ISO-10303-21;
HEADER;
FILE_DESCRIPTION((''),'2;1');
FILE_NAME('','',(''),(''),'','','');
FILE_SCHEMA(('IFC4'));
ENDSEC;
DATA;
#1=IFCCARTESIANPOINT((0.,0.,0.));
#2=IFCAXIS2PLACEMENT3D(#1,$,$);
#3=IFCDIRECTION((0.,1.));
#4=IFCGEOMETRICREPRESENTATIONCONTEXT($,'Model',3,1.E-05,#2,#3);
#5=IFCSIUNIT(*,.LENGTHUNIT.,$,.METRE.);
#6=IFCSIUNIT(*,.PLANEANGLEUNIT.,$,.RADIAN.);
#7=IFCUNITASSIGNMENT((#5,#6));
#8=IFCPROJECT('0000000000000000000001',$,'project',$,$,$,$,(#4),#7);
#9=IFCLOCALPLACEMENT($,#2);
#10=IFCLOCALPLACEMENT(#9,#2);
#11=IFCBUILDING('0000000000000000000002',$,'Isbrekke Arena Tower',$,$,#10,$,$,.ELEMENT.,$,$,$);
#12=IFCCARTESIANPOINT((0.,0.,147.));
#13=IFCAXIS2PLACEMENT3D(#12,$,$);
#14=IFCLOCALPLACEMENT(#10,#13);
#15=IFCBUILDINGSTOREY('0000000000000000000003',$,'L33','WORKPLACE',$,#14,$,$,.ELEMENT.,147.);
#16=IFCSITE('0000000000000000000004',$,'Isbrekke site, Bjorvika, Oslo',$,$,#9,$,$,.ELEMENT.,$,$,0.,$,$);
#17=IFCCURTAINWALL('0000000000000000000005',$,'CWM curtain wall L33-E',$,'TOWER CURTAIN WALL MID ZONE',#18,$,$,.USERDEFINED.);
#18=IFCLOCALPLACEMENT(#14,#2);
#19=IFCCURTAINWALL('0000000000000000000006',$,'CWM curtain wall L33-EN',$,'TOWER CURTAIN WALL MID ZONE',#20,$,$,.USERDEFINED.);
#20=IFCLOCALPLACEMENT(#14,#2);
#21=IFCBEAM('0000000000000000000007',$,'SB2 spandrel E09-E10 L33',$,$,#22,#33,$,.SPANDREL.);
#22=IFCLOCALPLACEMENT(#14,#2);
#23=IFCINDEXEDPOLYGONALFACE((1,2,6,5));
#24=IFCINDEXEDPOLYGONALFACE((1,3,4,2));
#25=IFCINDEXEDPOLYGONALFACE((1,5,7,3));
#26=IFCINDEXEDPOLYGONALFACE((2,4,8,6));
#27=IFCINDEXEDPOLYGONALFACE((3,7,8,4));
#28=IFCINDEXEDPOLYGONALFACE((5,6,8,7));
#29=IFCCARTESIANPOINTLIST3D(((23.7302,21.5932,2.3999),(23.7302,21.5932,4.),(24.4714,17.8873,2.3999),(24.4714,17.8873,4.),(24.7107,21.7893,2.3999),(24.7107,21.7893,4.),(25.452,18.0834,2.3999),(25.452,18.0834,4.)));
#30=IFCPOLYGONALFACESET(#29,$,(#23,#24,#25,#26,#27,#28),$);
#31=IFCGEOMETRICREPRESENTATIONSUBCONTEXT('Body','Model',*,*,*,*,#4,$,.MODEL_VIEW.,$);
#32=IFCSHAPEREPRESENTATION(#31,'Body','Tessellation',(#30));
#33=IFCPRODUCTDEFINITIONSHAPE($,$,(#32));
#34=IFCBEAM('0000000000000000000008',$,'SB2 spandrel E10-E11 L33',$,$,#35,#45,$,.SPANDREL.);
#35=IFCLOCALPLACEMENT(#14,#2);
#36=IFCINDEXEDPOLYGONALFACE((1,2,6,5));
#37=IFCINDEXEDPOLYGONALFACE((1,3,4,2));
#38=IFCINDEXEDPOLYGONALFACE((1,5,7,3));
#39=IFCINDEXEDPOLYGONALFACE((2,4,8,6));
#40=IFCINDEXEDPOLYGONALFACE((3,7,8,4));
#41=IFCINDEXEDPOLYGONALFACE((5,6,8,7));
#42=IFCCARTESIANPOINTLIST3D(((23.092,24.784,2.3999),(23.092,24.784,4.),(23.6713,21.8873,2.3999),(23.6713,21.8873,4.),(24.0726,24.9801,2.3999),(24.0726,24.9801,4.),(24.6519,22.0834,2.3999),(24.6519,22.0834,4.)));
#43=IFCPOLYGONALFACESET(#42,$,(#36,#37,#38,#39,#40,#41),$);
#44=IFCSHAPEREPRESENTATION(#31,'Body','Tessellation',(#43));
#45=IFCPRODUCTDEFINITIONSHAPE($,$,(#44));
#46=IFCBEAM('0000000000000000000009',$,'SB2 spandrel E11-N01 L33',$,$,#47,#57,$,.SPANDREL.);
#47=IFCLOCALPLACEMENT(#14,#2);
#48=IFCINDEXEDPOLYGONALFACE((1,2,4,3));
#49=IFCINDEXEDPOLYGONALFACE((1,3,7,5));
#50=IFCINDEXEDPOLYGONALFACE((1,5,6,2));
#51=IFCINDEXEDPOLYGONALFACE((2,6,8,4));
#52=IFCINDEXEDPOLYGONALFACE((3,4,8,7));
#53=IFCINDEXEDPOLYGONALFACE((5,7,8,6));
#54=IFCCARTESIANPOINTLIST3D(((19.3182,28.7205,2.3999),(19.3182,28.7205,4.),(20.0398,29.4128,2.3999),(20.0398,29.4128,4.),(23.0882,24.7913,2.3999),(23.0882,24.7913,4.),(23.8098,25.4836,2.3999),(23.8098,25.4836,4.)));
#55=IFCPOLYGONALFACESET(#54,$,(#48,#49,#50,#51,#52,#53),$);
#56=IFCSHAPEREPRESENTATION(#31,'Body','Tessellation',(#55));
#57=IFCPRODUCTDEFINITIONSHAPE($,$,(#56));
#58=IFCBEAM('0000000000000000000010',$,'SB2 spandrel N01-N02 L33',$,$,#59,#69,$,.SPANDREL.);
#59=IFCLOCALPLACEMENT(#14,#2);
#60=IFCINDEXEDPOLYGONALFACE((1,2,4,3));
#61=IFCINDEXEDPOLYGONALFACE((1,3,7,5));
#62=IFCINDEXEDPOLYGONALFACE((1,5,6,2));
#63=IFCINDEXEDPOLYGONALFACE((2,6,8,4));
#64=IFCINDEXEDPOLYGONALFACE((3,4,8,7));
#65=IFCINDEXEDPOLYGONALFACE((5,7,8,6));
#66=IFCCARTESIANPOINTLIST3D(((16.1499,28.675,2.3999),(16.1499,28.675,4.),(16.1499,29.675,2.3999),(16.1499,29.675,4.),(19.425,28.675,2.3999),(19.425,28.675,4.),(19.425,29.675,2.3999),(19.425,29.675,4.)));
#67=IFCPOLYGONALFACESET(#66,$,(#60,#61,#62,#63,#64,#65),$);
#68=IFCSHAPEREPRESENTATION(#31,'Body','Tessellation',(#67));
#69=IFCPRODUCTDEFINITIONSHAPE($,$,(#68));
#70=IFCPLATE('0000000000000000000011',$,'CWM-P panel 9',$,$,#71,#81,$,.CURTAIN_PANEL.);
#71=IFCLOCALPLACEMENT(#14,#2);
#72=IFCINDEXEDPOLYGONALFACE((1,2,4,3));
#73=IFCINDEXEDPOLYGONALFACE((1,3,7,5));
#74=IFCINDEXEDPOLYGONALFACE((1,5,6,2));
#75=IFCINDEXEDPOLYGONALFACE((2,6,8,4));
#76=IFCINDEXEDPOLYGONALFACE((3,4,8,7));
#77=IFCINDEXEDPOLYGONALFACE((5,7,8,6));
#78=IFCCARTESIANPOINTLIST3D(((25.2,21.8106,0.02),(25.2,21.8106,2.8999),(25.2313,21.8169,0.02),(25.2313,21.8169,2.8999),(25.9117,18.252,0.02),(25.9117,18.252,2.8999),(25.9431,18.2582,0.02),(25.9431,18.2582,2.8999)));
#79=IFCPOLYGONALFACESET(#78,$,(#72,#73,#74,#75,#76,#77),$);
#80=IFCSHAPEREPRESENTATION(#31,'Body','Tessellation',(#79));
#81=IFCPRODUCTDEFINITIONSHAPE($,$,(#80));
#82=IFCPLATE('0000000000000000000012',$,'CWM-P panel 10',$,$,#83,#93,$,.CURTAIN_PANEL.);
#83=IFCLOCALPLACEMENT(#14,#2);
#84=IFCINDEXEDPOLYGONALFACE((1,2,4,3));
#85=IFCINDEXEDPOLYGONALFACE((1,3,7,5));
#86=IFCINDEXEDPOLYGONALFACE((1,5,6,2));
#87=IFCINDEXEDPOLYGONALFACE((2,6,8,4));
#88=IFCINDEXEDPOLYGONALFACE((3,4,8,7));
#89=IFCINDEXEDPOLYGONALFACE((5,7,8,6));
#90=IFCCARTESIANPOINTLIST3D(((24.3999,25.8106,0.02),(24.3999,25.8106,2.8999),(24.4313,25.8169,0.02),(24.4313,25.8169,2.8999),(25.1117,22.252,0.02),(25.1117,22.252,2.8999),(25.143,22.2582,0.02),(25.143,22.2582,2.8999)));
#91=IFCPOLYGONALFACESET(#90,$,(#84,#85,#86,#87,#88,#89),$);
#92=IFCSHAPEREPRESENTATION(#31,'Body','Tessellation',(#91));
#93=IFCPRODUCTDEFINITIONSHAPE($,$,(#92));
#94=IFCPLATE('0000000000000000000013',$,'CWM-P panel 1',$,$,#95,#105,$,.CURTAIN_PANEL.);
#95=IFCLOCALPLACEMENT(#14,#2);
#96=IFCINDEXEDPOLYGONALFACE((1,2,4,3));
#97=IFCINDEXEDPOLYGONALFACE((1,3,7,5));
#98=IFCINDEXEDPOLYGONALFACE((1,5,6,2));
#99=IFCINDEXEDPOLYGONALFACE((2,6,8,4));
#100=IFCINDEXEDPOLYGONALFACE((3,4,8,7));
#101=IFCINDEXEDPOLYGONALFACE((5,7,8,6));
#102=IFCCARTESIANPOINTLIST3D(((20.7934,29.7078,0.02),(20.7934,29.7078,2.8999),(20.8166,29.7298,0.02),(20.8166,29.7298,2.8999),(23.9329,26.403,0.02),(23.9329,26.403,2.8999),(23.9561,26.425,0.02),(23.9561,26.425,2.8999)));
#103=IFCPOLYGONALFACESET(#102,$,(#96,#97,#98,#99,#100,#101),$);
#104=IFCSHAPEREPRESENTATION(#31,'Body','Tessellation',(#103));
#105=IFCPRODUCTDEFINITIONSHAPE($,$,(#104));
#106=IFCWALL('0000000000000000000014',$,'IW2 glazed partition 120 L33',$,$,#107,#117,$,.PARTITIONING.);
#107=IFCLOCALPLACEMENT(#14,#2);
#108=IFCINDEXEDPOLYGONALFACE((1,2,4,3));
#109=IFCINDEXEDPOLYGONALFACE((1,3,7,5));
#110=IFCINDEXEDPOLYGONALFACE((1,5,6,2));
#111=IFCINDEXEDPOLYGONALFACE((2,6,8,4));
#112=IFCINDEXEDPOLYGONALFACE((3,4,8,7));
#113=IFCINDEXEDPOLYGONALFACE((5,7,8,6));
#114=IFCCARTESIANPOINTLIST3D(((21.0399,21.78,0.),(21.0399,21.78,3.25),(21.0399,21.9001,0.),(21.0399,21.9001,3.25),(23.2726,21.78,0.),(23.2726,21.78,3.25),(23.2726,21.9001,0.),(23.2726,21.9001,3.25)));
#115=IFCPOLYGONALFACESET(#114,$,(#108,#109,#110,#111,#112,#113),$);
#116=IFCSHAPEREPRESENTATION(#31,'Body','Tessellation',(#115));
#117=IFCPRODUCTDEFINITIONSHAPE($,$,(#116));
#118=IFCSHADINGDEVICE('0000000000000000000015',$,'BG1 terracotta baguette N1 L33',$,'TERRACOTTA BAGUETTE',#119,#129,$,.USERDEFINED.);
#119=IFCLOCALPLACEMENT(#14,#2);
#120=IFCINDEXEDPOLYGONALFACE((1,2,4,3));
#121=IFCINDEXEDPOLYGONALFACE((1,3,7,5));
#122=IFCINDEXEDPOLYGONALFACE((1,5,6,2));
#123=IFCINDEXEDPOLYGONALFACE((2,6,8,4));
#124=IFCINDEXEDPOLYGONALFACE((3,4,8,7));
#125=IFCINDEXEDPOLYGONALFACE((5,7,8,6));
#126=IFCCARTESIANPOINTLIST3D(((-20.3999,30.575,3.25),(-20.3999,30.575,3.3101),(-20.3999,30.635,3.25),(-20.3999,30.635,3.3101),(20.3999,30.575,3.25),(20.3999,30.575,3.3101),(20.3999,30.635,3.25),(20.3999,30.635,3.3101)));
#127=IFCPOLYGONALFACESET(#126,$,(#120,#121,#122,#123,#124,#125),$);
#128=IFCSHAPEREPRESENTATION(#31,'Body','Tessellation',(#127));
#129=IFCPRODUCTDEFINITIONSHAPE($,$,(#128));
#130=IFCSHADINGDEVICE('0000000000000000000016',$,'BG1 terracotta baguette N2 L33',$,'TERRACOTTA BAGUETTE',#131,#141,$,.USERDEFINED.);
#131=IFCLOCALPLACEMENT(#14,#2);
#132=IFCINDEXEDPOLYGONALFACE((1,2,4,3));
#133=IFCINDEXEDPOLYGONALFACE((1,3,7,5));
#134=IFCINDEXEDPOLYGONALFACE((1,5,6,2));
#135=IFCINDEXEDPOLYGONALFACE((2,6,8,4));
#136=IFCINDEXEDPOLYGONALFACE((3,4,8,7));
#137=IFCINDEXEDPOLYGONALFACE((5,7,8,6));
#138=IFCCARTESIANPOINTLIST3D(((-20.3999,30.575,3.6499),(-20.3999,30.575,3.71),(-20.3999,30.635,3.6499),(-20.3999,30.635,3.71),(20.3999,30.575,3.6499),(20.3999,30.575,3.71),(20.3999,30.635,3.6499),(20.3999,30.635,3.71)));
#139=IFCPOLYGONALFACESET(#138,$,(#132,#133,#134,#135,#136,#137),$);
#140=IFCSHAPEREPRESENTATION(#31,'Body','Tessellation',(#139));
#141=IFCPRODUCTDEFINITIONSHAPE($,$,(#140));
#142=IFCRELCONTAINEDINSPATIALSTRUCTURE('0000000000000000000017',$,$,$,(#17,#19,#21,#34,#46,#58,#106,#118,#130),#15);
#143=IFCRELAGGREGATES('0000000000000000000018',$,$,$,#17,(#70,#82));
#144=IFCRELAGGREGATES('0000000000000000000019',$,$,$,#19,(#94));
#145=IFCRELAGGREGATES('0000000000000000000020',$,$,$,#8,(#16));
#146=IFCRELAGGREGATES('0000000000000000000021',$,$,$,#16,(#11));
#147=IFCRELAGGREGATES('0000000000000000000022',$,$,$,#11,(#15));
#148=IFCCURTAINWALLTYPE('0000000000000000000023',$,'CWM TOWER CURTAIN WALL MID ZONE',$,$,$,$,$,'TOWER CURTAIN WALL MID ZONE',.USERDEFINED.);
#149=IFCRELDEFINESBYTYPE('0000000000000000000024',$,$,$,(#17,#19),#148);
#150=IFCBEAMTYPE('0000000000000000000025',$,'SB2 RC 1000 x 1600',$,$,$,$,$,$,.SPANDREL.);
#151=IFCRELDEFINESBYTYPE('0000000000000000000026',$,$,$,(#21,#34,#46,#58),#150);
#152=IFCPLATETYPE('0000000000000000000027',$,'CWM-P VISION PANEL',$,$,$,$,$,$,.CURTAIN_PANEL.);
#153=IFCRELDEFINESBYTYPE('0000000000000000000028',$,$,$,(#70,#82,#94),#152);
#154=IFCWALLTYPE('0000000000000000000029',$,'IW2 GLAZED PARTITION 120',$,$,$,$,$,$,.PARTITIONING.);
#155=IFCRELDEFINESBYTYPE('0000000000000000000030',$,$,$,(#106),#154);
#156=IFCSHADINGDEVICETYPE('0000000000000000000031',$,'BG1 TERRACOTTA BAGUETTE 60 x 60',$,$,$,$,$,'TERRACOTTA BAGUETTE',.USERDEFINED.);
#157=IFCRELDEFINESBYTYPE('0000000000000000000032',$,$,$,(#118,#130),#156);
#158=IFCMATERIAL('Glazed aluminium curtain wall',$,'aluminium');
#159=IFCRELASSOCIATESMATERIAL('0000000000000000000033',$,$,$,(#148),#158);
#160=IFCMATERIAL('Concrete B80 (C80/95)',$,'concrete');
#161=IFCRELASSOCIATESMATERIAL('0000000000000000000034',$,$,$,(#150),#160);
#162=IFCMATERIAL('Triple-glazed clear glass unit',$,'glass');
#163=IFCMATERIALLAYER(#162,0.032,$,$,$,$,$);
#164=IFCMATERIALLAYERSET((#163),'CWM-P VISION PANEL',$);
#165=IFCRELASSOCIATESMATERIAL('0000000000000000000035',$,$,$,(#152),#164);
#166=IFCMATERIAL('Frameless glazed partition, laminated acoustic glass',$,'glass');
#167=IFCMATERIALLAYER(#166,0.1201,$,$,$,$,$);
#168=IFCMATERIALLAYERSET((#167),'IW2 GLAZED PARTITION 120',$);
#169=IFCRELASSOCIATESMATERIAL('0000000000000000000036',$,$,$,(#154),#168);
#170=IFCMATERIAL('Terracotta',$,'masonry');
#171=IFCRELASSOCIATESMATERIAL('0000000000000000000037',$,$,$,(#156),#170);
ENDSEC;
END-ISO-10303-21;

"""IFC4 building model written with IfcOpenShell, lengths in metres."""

from ifc_helpers import new_model, si_unit, direction, frame, frame_2d, origin, origin_2d, place, context, subcontext, project, spatial, rectangle, extrude, material, layer, layer_set, material_profile, profile_set, type_object, element, aggregate, save


model = new_model("IFC4")

# Units and contexts
model_context = context("Model", 3, precision=1e-05, world=origin(), true_north=direction((0.0, 1.0)))
body_context = subcontext(model_context, "Body", "Model", "MODEL_VIEW")
ifc_project = project(units=[si_unit("LENGTHUNIT", "METRE"), si_unit("PLANEANGLEUNIT", "RADIAN")], contexts=[model_context])

# Site, building, storey
site_placement = place(None, origin())
site = spatial("IfcSite", under=ifc_project, at=site_placement, Name="Isbrekke site, Bjorvika, Oslo", CompositionType="ELEMENT", RefElevation=0.0)
building_placement = place(site_placement, origin())
building = spatial("IfcBuilding", under=site, at=building_placement, Name="Isbrekke Arena Tower", CompositionType="ELEMENT")
storey_placement = place(building_placement, frame((0.0, 0.0, 147.0)))
storey = spatial("IfcBuildingStorey", under=building, at=storey_placement, Name="L33", Description="WORKPLACE", CompositionType="ELEMENT", Elevation=147.0)

# Curtain walls
ifc_material_1 = material(Name="Glazed aluminium curtain wall", Category="aluminium")
curtain_wall_type = type_object("IfcCurtainWallType", Name="CWM TOWER CURTAIN WALL MID ZONE", ElementType="TOWER CURTAIN WALL MID ZONE", PredefinedType="USERDEFINED", material=ifc_material_1)
curtain_wall_1_placement = place(storey_placement, origin())
curtain_wall_1 = element("IfcCurtainWall", 1, at=curtain_wall_1_placement, inside=storey, type_object=curtain_wall_type, Name="CWM curtain wall L33-E", ObjectType="TOWER CURTAIN WALL MID ZONE", PredefinedType="USERDEFINED")
curtain_wall_2_placement = place(storey_placement, origin())
curtain_wall_2 = element("IfcCurtainWall", 2, at=curtain_wall_2_placement, inside=storey, type_object=curtain_wall_type, Name="CWM curtain wall L33-EN", ObjectType="TOWER CURTAIN WALL MID ZONE", PredefinedType="USERDEFINED")

# Beams
ifc_material_2 = material(Name="Concrete B80 (C80/95)", Category="concrete")
ifc_material_profile_1 = material_profile(ifc_material_2, rectangle(XDim=1.0, YDim=1.6001, at=origin_2d()), Name="RC 1000x1600")
ifc_profile_set_1 = profile_set([ifc_material_profile_1], Name="Concrete B80 (C80/95)")
beam_type_1 = type_object("IfcBeamType", Name="SB2 RC 1000 x 1600", PredefinedType="SPANDREL", material=ifc_profile_set_1)
beam_1_placement = place(storey_placement, frame((24.9617, 17.9854, 3.2), z_axis=(-0.196129, 0.980578, 0.0), x_axis=(-0.980578, -0.196129, 0.0)))
element("IfcBeam", 3, at=beam_1_placement, inside=storey, type_object=beam_type_1, Name="SB2 spandrel E09-E10 L33", PredefinedType="SPANDREL", context=body_context, shape_type="SweptSolid", body=[
    extrude(rectangle(XDim=1.0, YDim=1.6001, at=origin_2d()), origin(), (0.0, 0.0, 1.0), 3.7793),
])
beam_2_placement = place(storey_placement, frame((24.1616, 21.9854, 3.2), z_axis=(-0.196116, 0.980581, 0.0), x_axis=(-0.980581, -0.196116, 0.0)))
element("IfcBeam", 4, at=beam_2_placement, inside=storey, type_object=beam_type_1, Name="SB2 spandrel E10-E11 L33", PredefinedType="SPANDREL", context=body_context, shape_type="SweptSolid", body=[
    extrude(rectangle(XDim=1.0, YDim=1.6001, at=origin_2d()), origin(), (0.0, 0.0, 1.0), 2.9541),
])
beam_3_placement = place(storey_placement, frame((23.449, 25.1375, 3.2), z_axis=(-0.69234, 0.721572, 0.0), x_axis=(-0.721572, -0.69234, 0.0)))
element("IfcBeam", 5, at=beam_3_placement, inside=storey, type_object=beam_type_1, Name="SB2 spandrel E11-N01 L33", PredefinedType="SPANDREL", context=body_context, shape_type="SweptSolid", body=[
    extrude(rectangle(XDim=1.0, YDim=1.6001, at=origin_2d()), origin(), (0.0, 0.0, 1.0), 5.4453),
])
beam_4_placement = place(storey_placement, frame((19.425, 29.175, 3.2), z_axis=(-1.0, 0.0, 0.0), x_axis=(0.0, -1.0, 0.0)))
element("IfcBeam", 6, at=beam_4_placement, inside=storey, type_object=beam_type_1, Name="SB2 spandrel N01-N02 L33", PredefinedType="SPANDREL", context=body_context, shape_type="SweptSolid", body=[
    extrude(rectangle(XDim=1.0, YDim=1.6001, at=origin_2d()), origin(), (0.0, 0.0, 1.0), 3.2751),
])

# Plates
ifc_material_3 = material(Name="Triple-glazed clear glass unit", Category="glass")
ifc_layer_1 = layer(ifc_material_3, 0.032)
ifc_layer_set_1 = layer_set([ifc_layer_1], Name="CWM-P VISION PANEL")
plate_type = type_object("IfcPlateType", Name="CWM-P VISION PANEL", PredefinedType="CURTAIN_PANEL", material=ifc_layer_set_1)
plate_1_placement = place(storey_placement, frame((25.5715, 20.0344, 0.02), z_axis=(0.0, 0.0, 1.0), x_axis=(-0.196116, 0.980581, 0.0)))
plate_1 = element("IfcPlate", 7, at=plate_1_placement, type_object=plate_type, Name="CWM-P panel 9", PredefinedType="CURTAIN_PANEL", context=body_context, shape_type="SweptSolid", body=[
    extrude(rectangle(XDim=3.6292, YDim=0.032, at=origin_2d()), origin(), (0.0, 0.0, 1.0), 2.8799),
])
plate_2_placement = place(storey_placement, frame((24.7715, 24.0344, 0.02), z_axis=(0.0, 0.0, 1.0), x_axis=(-0.196116, 0.980581, 0.0)))
plate_2 = element("IfcPlate", 8, at=plate_2_placement, type_object=plate_type, Name="CWM-P panel 10", PredefinedType="CURTAIN_PANEL", context=body_context, shape_type="SweptSolid", body=[
    extrude(rectangle(XDim=3.6292, YDim=0.032, at=origin_2d()), origin(), (0.0, 0.0, 1.0), 2.8799),
])
aggregate(curtain_wall_1, [plate_1, plate_2])
plate_3_placement = place(storey_placement, frame((22.3748, 28.0664, 0.02), z_axis=(0.0, 0.0, 1.0), x_axis=(-0.688749, 0.724999, 0.0)))
plate_3 = element("IfcPlate", 9, at=plate_3_placement, type_object=plate_type, Name="CWM-P panel 1", PredefinedType="CURTAIN_PANEL", context=body_context, shape_type="SweptSolid", body=[
    extrude(rectangle(XDim=4.5583, YDim=0.032, at=origin_2d()), origin(), (0.0, 0.0, 1.0), 2.8799),
])
aggregate(curtain_wall_2, [plate_3])

# Wall
ifc_material_4 = material(Name="Frameless glazed partition, laminated acoustic glass", Category="glass")
ifc_layer_2 = layer(ifc_material_4, 0.1201)
ifc_layer_set_2 = layer_set([ifc_layer_2], Name="IW2 GLAZED PARTITION 120")
wall_type = type_object("IfcWallType", Name="IW2 GLAZED PARTITION 120", PredefinedType="PARTITIONING", material=ifc_layer_set_2)
wall_placement = place(storey_placement, frame((21.04, 21.8401, 0.0), z_axis=(0.0, 0.0, 1.0), x_axis=(1.0, 0.0, 0.0)))
element("IfcWall", 10, at=wall_placement, inside=storey, type_object=wall_type, Name="IW2 glazed partition 120 L33", PredefinedType="PARTITIONING", context=body_context, shape_type="SweptSolid", body=[
    extrude(rectangle(XDim=2.2327, YDim=0.1201, at=frame_2d((1.1162, 0.0))), origin(), (0.0, 0.0, 1.0), 3.25),
])

# Shading devices
ifc_material_5 = material(Name="Terracotta", Category="masonry")
ifc_material_profile_2 = material_profile(ifc_material_5, rectangle(XDim=0.0601, YDim=0.0601, at=origin_2d()), Name="BAGUETTE 60X60")
ifc_profile_set_2 = profile_set([ifc_material_profile_2], Name="Terracotta")
shading_device_type = type_object("IfcShadingDeviceType", Name="BG1 TERRACOTTA BAGUETTE 60 x 60", ElementType="TERRACOTTA BAGUETTE", PredefinedType="USERDEFINED", material=ifc_profile_set_2)
for number, where, z_axis, x_axis, name in (
    (11, (20.3999, 30.605, 3.28), (-1.0, 0.0, 0.0), (0.0, -1.0, 0.0), "BG1 terracotta baguette N1 L33"),
    (12, (20.3999, 30.605, 3.6799), (-1.0, 0.0, 0.0), (0.0, -1.0, 0.0), "BG1 terracotta baguette N2 L33"),
):
    element("IfcShadingDevice", number, at=place(storey_placement, frame(where, z_axis=z_axis, x_axis=x_axis)), inside=storey, type_object=shading_device_type, Name=name, ObjectType="TERRACOTTA BAGUETTE", PredefinedType="USERDEFINED", context=body_context, shape_type="SweptSolid", body=[
        extrude(rectangle(XDim=0.0601, YDim=0.0601, at=origin_2d()), origin(), (0.0, 0.0, 1.0), 40.7998),
    ])

save(model, "model.ifc")
